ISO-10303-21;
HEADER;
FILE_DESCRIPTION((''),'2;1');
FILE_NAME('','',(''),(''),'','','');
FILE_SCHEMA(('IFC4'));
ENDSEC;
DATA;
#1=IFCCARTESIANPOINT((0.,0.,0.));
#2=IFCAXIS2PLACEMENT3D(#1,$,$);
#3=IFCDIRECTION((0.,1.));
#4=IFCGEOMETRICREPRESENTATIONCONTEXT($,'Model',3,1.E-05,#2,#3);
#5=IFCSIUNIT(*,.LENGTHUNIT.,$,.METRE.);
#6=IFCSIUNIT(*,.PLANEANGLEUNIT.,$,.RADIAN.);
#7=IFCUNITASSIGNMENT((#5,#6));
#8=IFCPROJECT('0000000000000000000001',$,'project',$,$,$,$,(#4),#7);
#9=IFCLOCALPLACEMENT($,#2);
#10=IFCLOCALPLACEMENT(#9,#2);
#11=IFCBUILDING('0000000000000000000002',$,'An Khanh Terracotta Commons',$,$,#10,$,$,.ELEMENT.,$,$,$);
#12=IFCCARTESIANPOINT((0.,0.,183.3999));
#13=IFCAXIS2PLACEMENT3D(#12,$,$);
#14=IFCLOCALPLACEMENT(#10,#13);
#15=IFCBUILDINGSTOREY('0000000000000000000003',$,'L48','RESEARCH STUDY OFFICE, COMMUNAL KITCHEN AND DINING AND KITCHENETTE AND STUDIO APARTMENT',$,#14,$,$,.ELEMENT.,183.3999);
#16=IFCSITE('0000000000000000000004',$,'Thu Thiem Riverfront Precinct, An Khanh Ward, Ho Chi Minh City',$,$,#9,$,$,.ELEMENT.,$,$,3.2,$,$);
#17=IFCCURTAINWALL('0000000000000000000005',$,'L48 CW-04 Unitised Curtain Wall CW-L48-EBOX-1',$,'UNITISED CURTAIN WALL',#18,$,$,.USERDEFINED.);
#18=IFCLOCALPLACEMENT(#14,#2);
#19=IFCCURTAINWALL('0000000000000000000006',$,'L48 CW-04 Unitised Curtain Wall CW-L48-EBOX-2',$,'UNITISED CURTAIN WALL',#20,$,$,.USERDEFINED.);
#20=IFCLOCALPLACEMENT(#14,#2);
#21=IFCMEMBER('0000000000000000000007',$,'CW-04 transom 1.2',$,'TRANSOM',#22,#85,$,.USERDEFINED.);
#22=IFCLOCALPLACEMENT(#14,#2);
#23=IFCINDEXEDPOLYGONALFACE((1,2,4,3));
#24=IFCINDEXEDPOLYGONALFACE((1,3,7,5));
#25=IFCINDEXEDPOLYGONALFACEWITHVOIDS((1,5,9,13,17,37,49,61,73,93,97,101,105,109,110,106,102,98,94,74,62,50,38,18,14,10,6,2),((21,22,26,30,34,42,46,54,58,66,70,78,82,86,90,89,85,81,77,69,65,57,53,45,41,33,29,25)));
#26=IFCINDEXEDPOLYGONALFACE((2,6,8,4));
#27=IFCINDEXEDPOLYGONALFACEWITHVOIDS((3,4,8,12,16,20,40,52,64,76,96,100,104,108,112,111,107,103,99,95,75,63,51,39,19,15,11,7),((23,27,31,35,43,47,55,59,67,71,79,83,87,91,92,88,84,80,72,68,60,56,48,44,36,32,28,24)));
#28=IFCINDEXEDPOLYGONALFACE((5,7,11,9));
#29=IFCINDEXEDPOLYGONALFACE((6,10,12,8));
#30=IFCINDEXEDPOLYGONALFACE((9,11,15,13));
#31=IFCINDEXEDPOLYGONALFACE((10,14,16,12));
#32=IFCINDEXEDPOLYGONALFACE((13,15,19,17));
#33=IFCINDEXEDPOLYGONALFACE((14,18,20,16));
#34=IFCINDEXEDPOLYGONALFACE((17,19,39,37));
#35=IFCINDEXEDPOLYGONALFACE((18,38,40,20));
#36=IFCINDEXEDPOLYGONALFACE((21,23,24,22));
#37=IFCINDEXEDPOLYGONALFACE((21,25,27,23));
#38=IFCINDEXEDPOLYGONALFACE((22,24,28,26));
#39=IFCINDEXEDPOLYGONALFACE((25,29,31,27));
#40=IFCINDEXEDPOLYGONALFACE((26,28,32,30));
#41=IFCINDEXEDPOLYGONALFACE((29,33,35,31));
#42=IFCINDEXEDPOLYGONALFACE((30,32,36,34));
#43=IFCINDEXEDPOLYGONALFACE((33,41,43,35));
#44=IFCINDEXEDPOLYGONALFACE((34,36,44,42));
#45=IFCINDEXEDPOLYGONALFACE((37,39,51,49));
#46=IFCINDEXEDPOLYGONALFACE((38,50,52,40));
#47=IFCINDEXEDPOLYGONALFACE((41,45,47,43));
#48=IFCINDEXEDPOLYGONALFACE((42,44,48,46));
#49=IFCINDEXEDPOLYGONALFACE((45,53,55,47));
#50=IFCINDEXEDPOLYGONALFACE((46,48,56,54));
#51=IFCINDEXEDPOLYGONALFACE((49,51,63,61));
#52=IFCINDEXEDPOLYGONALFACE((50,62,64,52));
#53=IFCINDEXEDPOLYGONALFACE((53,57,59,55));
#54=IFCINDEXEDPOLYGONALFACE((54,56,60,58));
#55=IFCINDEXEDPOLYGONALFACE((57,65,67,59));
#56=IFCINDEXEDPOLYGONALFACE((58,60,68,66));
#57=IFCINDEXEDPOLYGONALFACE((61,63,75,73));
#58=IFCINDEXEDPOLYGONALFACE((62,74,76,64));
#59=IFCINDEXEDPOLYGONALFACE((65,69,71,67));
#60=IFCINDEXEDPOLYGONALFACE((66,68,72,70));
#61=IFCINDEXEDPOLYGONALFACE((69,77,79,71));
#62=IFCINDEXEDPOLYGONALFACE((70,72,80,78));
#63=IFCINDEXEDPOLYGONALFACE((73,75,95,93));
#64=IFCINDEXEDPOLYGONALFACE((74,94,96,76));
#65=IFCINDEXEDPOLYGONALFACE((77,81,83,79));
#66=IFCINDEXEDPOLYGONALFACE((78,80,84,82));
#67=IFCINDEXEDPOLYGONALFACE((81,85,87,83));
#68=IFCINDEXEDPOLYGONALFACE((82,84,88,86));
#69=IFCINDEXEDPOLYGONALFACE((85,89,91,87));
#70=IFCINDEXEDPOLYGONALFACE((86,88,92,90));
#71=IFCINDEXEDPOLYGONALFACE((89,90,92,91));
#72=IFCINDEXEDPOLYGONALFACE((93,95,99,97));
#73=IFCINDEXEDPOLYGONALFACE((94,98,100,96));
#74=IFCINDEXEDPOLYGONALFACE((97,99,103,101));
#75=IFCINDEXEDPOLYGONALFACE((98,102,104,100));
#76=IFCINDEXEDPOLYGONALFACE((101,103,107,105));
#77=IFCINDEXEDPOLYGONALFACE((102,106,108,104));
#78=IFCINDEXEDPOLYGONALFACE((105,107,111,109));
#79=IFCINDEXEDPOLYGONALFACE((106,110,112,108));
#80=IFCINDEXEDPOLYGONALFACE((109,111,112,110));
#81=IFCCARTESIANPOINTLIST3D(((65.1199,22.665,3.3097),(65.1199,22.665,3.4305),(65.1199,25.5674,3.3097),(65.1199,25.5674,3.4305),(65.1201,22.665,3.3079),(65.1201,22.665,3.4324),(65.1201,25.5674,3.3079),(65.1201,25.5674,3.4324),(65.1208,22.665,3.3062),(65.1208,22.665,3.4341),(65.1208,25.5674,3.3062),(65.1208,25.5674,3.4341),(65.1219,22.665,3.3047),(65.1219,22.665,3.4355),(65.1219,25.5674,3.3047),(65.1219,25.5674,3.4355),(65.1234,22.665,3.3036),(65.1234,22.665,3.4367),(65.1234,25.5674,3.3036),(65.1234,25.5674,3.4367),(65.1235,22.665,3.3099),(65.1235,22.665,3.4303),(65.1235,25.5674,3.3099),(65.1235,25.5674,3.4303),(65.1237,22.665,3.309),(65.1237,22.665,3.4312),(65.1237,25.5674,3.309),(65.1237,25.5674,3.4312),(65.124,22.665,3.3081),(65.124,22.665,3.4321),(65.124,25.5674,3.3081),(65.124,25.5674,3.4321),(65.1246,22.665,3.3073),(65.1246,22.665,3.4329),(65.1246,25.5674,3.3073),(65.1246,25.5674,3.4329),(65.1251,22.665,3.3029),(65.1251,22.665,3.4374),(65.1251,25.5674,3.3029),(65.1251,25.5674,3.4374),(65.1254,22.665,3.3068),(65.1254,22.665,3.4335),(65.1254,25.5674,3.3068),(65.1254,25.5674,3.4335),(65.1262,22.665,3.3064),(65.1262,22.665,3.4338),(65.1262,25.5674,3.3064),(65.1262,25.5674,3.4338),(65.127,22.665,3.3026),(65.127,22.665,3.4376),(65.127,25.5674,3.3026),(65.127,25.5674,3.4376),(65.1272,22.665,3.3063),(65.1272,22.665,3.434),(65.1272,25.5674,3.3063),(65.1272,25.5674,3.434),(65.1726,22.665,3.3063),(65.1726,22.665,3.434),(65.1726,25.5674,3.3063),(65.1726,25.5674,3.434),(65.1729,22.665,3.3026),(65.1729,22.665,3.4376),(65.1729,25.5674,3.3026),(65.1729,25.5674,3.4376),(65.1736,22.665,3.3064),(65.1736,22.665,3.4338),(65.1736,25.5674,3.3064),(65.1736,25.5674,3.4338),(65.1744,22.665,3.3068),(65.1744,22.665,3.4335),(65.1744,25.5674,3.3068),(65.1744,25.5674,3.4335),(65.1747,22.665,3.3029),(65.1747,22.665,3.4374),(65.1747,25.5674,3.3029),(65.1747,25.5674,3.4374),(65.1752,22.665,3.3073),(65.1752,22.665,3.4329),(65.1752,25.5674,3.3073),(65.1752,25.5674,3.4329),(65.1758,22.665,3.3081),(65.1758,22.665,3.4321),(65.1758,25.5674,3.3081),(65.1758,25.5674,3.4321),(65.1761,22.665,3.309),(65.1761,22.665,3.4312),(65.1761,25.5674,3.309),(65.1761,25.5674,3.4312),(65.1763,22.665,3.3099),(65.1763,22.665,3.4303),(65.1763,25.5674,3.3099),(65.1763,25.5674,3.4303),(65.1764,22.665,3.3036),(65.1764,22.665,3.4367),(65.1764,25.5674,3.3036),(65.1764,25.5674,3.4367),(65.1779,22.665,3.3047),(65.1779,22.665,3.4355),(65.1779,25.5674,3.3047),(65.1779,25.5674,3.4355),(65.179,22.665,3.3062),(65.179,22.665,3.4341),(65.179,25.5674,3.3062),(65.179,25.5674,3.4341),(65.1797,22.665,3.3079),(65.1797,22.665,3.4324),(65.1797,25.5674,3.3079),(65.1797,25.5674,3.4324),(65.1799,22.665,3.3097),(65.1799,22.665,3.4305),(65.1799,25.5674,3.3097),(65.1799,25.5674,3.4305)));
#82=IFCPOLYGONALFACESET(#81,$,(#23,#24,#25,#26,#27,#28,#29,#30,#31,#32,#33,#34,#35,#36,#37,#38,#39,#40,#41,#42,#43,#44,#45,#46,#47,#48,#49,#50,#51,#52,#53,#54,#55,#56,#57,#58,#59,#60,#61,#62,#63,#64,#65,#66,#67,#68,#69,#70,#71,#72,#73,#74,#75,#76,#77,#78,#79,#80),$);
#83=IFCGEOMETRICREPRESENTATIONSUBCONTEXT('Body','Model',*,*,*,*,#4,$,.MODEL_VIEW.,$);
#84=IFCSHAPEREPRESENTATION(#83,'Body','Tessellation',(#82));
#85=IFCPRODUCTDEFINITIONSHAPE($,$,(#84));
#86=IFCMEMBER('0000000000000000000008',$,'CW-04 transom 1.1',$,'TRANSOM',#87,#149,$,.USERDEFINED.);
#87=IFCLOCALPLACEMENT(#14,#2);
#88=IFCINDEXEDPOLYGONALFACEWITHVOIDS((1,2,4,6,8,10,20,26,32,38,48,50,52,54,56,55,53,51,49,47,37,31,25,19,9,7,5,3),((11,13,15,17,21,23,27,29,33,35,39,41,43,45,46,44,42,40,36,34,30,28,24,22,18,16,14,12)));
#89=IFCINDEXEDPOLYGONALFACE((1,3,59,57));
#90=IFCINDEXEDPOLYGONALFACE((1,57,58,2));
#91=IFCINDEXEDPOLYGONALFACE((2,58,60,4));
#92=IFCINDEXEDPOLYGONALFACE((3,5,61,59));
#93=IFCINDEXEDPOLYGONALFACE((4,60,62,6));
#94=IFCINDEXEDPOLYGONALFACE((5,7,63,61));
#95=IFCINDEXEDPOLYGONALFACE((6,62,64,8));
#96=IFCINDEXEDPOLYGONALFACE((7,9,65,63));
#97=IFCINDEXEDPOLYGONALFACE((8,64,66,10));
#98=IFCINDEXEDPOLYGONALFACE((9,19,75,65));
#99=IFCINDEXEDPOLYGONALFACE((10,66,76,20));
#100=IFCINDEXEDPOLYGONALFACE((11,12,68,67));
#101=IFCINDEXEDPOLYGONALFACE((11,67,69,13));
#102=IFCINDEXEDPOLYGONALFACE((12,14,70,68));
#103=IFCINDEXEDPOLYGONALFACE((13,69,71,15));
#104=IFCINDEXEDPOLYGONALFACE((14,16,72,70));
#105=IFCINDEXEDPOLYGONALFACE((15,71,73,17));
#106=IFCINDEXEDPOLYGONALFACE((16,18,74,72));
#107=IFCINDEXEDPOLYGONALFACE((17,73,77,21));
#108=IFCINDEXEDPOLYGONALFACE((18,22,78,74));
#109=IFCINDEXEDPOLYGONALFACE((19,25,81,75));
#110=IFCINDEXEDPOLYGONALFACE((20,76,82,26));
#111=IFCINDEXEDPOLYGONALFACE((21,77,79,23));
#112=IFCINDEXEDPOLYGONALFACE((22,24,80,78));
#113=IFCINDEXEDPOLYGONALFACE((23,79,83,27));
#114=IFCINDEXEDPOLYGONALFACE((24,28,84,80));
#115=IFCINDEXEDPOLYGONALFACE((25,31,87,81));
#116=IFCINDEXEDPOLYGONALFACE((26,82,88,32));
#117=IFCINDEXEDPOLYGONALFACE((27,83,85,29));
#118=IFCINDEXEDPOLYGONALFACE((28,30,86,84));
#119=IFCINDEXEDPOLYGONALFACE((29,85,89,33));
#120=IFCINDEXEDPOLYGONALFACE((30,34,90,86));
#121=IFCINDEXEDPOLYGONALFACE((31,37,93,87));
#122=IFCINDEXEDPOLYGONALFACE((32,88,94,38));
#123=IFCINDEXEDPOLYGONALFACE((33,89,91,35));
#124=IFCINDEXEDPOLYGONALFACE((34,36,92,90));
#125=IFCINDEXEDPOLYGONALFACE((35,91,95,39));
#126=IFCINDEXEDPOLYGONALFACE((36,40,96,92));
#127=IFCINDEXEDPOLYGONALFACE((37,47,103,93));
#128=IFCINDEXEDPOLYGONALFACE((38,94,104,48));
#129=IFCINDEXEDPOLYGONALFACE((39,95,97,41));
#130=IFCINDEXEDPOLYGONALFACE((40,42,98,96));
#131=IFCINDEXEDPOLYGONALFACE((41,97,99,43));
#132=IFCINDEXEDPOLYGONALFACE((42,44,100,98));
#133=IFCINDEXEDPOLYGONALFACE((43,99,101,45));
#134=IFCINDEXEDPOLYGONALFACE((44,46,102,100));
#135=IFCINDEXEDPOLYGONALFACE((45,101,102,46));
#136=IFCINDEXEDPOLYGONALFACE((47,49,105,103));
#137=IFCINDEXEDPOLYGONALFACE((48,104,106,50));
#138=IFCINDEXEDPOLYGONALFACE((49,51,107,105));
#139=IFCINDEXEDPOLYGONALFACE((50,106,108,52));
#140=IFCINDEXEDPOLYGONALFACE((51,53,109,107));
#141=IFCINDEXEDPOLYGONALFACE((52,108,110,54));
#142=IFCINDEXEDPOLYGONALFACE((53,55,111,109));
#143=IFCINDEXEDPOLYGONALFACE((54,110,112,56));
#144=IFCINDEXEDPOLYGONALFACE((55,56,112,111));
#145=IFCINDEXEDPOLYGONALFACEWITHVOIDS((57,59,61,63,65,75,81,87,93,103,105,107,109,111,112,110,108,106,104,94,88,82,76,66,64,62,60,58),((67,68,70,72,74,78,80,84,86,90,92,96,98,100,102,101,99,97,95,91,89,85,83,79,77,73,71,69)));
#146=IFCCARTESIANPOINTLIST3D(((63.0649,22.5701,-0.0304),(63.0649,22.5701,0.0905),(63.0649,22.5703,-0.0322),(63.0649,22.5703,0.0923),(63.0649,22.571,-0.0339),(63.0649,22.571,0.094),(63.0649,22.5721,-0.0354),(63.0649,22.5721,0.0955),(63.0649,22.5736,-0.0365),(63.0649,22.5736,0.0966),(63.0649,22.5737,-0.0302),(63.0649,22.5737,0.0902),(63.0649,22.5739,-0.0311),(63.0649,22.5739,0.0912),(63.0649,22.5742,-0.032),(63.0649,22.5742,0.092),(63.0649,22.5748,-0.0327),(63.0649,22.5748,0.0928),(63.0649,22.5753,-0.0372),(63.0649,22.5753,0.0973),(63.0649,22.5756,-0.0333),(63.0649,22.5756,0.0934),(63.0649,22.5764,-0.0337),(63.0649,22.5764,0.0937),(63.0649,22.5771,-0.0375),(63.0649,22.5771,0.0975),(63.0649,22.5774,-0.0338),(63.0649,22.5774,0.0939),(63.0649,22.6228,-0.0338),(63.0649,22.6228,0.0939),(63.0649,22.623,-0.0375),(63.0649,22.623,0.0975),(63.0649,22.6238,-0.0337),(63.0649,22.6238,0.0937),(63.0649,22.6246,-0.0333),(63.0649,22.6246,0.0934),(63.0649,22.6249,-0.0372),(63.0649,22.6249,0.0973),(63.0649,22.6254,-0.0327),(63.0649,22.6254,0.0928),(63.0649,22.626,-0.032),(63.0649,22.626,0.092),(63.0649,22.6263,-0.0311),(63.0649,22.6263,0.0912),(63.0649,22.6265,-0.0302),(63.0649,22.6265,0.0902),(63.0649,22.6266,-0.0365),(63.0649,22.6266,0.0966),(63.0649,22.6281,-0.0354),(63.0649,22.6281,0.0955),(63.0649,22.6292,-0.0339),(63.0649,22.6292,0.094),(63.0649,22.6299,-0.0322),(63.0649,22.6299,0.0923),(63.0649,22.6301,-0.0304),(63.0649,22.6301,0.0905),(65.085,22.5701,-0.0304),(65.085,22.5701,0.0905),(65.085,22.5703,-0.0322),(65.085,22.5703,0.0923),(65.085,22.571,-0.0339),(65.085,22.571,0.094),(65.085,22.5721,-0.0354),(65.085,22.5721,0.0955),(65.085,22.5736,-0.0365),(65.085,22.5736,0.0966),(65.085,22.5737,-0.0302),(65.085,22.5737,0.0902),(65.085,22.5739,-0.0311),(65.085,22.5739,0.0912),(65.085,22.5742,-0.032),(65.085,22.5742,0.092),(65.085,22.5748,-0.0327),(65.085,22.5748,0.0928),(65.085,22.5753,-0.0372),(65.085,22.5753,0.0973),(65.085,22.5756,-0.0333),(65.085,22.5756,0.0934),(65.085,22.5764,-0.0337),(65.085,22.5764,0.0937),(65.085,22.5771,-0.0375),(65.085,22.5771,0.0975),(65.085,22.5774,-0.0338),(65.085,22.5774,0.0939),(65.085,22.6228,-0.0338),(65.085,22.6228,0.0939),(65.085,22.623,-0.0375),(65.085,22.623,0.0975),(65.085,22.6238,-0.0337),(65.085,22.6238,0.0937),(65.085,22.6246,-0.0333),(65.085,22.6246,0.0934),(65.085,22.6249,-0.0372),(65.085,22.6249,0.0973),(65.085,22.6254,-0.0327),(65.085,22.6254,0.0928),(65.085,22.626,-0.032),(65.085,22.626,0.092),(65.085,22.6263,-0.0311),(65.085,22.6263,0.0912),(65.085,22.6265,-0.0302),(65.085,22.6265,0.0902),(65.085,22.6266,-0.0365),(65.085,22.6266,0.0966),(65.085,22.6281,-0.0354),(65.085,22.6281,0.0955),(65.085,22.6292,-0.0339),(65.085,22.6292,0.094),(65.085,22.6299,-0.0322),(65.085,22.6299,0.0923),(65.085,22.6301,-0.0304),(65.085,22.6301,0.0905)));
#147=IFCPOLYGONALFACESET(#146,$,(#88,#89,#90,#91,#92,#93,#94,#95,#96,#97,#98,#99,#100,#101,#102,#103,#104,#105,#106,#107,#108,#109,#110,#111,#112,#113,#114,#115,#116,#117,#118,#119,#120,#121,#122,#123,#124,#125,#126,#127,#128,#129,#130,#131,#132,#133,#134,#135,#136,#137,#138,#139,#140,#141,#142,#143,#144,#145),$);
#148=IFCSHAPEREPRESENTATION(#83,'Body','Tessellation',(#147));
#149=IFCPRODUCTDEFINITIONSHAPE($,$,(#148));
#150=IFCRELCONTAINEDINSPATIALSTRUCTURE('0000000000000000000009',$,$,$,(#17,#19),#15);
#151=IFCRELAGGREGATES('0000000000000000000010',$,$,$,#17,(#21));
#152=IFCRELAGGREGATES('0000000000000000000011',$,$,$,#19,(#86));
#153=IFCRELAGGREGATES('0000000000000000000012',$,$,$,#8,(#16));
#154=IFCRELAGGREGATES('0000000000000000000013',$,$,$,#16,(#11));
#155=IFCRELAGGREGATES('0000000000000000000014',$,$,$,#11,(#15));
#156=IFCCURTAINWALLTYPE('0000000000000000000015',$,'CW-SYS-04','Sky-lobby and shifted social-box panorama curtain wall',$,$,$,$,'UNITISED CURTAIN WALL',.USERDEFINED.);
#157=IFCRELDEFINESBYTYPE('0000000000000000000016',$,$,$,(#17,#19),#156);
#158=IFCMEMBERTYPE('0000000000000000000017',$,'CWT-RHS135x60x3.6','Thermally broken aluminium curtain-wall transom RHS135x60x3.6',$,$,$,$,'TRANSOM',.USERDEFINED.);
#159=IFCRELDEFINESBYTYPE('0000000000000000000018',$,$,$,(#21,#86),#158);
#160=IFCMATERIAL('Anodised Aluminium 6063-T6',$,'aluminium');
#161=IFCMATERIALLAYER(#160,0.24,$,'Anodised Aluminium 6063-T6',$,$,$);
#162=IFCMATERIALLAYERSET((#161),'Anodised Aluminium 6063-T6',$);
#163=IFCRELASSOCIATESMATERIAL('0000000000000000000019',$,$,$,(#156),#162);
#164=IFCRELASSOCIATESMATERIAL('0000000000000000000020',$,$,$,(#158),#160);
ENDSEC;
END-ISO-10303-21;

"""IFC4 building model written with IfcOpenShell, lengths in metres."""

from ifc_helpers import new_model, si_unit, direction, frame, origin, origin_2d, place, context, subcontext, project, spatial, hollow_rectangle, extrude, material, layer, layer_set, material_profile, profile_set, type_object, element, aggregate, save


model = new_model("IFC4")

# Units and contexts
model_context = context("Model", 3, precision=1e-05, world=origin(), true_north=direction((0.0, 1.0)))
body_context = subcontext(model_context, "Body", "Model", "MODEL_VIEW")
ifc_project = project(units=[si_unit("LENGTHUNIT", "METRE"), si_unit("PLANEANGLEUNIT", "RADIAN")], contexts=[model_context])

# Site, building, storey
site_placement = place(None, origin())
site = spatial("IfcSite", under=ifc_project, at=site_placement, Name="Thu Thiem Riverfront Precinct, An Khanh Ward, Ho Chi Minh City", CompositionType="ELEMENT", RefElevation=3.2)
building_placement = place(site_placement, origin())
building = spatial("IfcBuilding", under=site, at=building_placement, Name="An Khanh Terracotta Commons", CompositionType="ELEMENT")
storey_placement = place(building_placement, frame((0.0, 0.0, 183.3999)))
storey = spatial("IfcBuildingStorey", under=building, at=storey_placement, Name="L48", Description="RESEARCH STUDY OFFICE, COMMUNAL KITCHEN AND DINING AND KITCHENETTE AND STUDIO APARTMENT", CompositionType="ELEMENT", Elevation=183.3999)

# Curtain wall
ifc_material_1 = material(Name="Anodised Aluminium 6063-T6", Category="aluminium")
ifc_layer_1 = layer(ifc_material_1, 0.24, Name="Anodised Aluminium 6063-T6")
ifc_layer_set_1 = layer_set([ifc_layer_1], Name="Anodised Aluminium 6063-T6")
curtain_wall_type_1 = type_object("IfcCurtainWallType", Name="CW-SYS-04", Description="Sky-lobby and shifted social-box panorama curtain wall", ElementType="UNITISED CURTAIN WALL", PredefinedType="USERDEFINED", material=ifc_layer_set_1)
curtain_wall_1_placement = place(storey_placement, origin())
curtain_wall_1 = element("IfcCurtainWall", 1, at=curtain_wall_1_placement, inside=storey, type_object=curtain_wall_type_1, Name="L48 CW-04 Unitised Curtain Wall CW-L48-EBOX-1", ObjectType="UNITISED CURTAIN WALL", PredefinedType="USERDEFINED")

# Curtain wall
curtain_wall_2_placement = place(storey_placement, origin())
curtain_wall_2 = element("IfcCurtainWall", 2, at=curtain_wall_2_placement, inside=storey, type_object=curtain_wall_type_1, Name="L48 CW-04 Unitised Curtain Wall CW-L48-EBOX-2", ObjectType="UNITISED CURTAIN WALL", PredefinedType="USERDEFINED")

# Members
ifc_material_profile_1 = material_profile(ifc_material_1, hollow_rectangle(XDim=0.0601, YDim=0.135, WallThickness=0.0037, InnerFilletRadius=0.0037, OuterFilletRadius=0.0071, at=origin_2d()), Name="RHS135x60x3.6")
ifc_profile_set_1 = profile_set([ifc_material_profile_1], Name="Anodised Aluminium 6063-T6")
member_type_1 = type_object("IfcMemberType", Name="CWT-RHS135x60x3.6", Description="Thermally broken aluminium curtain-wall transom RHS135x60x3.6", ElementType="TRANSOM", PredefinedType="USERDEFINED", material=ifc_profile_set_1)
member_1_placement = place(storey_placement, frame((65.1499, 22.665, 3.3701), z_axis=(0.0, 1.0, 0.0), x_axis=(-1.0, 0.0, 0.0)))
member_1 = element("IfcMember", 3, at=member_1_placement, type_object=member_type_1, Name="CW-04 transom 1.2", ObjectType="TRANSOM", PredefinedType="USERDEFINED", context=body_context, shape_type="SweptSolid", body=[
    extrude(hollow_rectangle(XDim=0.0601, YDim=0.135, WallThickness=0.0037, InnerFilletRadius=0.0037, OuterFilletRadius=0.0071, at=origin_2d()), origin(), (0.0, 0.0, 1.0), 2.9023),
])
aggregate(curtain_wall_1, [member_1])
member_2_placement = place(storey_placement, frame((63.0649, 22.6001, 0.03), z_axis=(1.0, 0.0, 0.0), x_axis=(0.0, 1.0, 0.0)))
member_2 = element("IfcMember", 4, at=member_2_placement, type_object=member_type_1, Name="CW-04 transom 1.1", ObjectType="TRANSOM", PredefinedType="USERDEFINED", context=body_context, shape_type="SweptSolid", body=[
    extrude(hollow_rectangle(XDim=0.0601, YDim=0.135, WallThickness=0.0037, InnerFilletRadius=0.0037, OuterFilletRadius=0.0071, at=origin_2d()), origin(), (0.0, 0.0, 1.0), 2.02),
])

aggregate(curtain_wall_2, [member_2])

save(model, "model.ifc")
